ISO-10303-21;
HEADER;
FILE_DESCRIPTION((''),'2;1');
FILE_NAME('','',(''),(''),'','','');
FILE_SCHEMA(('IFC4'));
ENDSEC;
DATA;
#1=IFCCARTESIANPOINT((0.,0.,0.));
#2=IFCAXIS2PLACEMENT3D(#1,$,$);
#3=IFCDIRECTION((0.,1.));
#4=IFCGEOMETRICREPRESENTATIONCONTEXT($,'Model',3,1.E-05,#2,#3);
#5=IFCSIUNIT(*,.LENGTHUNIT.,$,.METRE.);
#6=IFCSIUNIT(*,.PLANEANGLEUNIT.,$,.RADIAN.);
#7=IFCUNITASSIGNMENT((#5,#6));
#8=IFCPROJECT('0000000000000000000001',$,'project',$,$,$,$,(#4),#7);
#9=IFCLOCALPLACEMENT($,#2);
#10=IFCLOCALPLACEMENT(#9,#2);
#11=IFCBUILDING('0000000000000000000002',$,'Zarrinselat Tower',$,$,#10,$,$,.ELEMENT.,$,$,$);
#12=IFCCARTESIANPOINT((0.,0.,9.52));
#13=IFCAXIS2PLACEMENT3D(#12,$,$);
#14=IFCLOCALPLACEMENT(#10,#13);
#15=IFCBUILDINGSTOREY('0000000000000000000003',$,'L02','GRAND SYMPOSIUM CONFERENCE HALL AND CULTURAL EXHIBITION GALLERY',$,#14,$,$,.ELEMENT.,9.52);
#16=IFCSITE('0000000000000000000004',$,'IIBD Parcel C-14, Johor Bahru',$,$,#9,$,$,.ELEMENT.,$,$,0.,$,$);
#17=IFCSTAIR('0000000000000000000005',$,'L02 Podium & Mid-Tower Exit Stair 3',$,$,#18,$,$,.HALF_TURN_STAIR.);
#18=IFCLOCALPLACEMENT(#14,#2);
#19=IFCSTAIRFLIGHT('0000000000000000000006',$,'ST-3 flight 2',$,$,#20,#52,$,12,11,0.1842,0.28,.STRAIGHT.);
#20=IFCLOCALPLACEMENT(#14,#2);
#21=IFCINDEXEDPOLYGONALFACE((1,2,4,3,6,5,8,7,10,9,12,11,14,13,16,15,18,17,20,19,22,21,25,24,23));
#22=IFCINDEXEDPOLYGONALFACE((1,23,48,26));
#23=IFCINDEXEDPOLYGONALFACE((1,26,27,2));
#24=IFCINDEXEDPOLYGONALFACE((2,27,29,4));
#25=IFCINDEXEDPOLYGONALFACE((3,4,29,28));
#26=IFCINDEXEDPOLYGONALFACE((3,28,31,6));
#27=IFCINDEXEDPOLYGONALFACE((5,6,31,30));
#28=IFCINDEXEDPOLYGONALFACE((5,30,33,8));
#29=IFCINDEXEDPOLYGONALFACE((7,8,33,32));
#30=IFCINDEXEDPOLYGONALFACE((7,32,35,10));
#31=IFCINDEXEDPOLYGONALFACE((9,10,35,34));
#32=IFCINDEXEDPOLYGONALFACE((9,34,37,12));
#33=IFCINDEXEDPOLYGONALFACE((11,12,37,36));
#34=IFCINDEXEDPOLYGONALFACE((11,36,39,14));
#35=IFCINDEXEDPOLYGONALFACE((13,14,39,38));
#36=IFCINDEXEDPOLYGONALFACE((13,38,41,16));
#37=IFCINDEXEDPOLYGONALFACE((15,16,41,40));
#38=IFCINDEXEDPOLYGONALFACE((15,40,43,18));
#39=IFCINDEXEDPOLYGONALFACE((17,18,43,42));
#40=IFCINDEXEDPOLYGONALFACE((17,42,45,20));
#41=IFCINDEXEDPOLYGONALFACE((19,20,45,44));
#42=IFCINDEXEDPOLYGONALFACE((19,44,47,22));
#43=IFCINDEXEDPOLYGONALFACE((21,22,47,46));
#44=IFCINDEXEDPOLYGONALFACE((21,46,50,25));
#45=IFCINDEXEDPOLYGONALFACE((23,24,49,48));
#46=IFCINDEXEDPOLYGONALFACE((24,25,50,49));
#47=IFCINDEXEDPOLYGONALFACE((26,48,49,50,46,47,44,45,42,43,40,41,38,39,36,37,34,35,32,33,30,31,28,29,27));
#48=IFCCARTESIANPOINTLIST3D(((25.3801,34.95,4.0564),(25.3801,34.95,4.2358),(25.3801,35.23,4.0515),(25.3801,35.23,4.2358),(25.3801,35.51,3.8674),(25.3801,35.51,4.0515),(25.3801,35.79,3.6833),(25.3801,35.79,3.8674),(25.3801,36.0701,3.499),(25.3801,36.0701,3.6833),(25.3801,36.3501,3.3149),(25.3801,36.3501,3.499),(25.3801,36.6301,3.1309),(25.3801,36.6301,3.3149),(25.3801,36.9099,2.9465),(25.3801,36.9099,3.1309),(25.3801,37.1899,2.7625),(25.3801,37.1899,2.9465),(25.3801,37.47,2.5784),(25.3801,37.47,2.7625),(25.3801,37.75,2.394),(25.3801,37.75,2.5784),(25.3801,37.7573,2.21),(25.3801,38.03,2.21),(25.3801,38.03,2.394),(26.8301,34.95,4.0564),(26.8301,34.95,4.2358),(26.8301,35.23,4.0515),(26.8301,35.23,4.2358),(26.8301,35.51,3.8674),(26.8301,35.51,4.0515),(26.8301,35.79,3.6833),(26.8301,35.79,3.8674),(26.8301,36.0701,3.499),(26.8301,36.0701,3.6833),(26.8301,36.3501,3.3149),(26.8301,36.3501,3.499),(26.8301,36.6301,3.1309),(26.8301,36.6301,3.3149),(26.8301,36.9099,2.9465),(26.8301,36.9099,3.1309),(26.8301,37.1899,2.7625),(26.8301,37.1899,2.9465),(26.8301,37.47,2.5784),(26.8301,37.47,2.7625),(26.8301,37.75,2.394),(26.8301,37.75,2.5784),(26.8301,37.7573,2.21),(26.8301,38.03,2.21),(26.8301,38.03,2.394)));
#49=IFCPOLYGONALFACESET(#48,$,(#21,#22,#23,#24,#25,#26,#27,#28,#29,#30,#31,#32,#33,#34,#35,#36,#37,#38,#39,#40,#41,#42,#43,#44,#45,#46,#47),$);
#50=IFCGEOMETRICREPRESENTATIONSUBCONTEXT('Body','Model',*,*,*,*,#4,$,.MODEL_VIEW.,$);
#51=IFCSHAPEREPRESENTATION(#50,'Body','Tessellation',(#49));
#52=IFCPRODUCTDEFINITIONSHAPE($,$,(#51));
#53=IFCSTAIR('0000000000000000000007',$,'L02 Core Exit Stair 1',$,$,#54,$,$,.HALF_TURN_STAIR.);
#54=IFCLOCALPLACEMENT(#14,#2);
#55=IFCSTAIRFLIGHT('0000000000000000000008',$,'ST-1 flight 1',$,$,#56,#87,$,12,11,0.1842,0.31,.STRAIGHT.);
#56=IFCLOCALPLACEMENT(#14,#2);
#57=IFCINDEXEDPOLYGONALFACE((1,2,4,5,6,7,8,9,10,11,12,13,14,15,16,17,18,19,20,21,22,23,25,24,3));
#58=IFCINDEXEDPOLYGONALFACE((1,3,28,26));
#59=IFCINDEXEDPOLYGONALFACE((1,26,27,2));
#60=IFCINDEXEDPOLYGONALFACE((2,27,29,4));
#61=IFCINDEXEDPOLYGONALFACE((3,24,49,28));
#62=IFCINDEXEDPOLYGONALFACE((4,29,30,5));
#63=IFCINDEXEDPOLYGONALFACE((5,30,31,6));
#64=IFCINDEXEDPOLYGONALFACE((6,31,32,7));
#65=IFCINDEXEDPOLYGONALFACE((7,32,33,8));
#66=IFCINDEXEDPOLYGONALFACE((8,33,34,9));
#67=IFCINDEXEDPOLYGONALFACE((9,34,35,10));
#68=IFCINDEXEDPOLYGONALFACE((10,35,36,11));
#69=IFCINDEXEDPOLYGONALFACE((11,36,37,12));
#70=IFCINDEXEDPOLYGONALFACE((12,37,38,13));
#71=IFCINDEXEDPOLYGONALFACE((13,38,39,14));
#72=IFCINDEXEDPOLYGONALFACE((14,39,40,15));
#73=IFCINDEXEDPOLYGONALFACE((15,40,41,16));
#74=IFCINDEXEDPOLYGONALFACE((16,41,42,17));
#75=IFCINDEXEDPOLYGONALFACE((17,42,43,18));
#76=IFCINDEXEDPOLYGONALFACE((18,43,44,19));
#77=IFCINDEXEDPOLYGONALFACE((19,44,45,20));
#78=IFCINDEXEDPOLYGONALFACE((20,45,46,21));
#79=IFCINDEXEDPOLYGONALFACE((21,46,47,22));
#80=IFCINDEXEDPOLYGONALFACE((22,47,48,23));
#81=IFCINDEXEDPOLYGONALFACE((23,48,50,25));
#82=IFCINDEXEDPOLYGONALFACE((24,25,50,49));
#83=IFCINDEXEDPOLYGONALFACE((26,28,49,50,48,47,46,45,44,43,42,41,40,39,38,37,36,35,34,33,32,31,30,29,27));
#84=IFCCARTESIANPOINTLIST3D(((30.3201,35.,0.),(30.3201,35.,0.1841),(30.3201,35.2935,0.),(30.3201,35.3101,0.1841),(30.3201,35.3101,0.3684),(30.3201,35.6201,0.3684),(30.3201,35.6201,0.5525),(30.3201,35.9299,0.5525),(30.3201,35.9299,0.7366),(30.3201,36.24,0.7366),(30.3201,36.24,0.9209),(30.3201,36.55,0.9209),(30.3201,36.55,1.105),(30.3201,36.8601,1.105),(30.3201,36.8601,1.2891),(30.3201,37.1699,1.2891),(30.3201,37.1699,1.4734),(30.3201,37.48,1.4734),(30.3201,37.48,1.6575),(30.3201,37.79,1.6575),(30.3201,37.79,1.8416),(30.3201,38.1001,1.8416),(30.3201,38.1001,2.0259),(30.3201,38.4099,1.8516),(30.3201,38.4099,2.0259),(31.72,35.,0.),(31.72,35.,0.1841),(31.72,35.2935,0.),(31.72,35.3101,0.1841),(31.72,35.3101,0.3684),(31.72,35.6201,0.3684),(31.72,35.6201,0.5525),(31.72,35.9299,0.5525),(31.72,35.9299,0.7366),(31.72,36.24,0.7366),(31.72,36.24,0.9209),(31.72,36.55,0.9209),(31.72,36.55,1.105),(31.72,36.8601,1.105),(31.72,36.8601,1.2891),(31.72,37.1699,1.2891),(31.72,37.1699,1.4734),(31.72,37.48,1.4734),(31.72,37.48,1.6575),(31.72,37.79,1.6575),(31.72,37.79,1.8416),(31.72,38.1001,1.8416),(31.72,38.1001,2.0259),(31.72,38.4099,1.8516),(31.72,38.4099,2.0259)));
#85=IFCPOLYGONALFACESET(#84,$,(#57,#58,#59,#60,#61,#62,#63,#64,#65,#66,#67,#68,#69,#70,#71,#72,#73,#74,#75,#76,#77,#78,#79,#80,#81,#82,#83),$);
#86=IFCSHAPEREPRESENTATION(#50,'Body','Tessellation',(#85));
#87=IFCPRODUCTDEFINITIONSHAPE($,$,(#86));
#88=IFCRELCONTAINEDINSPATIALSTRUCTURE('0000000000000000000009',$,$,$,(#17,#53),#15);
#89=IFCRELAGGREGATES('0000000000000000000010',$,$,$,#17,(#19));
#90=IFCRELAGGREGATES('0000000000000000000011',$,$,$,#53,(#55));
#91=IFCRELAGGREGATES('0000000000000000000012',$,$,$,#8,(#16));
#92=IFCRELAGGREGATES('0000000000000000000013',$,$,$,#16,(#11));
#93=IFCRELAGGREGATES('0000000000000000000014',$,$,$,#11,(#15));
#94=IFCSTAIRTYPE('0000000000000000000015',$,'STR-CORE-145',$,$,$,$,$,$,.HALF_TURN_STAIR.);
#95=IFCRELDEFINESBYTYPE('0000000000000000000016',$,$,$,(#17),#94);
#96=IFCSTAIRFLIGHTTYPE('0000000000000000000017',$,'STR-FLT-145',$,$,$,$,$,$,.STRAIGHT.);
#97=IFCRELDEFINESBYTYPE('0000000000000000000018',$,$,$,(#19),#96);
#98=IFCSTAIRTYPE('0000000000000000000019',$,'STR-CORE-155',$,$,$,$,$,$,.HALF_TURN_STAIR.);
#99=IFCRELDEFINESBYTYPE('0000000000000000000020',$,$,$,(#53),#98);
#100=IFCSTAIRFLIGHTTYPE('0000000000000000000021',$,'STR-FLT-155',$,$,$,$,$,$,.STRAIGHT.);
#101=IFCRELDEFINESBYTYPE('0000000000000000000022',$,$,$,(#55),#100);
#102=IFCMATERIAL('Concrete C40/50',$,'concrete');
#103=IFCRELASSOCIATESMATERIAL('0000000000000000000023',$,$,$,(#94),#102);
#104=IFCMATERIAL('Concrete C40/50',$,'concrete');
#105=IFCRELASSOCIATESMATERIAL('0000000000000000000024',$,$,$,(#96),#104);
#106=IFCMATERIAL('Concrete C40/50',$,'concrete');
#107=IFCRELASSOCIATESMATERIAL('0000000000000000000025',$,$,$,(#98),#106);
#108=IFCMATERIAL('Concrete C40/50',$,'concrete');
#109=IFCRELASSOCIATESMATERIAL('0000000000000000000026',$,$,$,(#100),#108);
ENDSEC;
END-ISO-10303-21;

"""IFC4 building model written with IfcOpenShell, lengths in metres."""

from ifc_helpers import new_model, si_unit, direction, frame, origin, place, context, subcontext, project, spatial, polyline, outline, extrude, material, type_object, element, aggregate, save


model = new_model("IFC4")

# Units and contexts
model_context = context("Model", 3, precision=1e-05, world=origin(), true_north=direction((0.0, 1.0)))
body_context = subcontext(model_context, "Body", "Model", "MODEL_VIEW")
ifc_project = project(units=[si_unit("LENGTHUNIT", "METRE"), si_unit("PLANEANGLEUNIT", "RADIAN")], contexts=[model_context])

# Site, building, storey
site_placement = place(None, origin())
site = spatial("IfcSite", under=ifc_project, at=site_placement, Name="IIBD Parcel C-14, Johor Bahru", CompositionType="ELEMENT", RefElevation=0.0)
building_placement = place(site_placement, origin())
building = spatial("IfcBuilding", under=site, at=building_placement, Name="Zarrinselat Tower", CompositionType="ELEMENT")
storey_placement = place(building_placement, frame((0.0, 0.0, 9.52)))
storey = spatial("IfcBuildingStorey", under=building, at=storey_placement, Name="L02", Description="GRAND SYMPOSIUM CONFERENCE HALL AND CULTURAL EXHIBITION GALLERY", CompositionType="ELEMENT", Elevation=9.52)

# Stair, stair flight
ifc_material_1 = material(Name="Concrete C40/50", Category="concrete")
stair_type_1 = type_object("IfcStairType", Name="STR-CORE-145", PredefinedType="HALF_TURN_STAIR", material=ifc_material_1)
stair_1_placement = place(storey_placement, origin())
stair_1 = element("IfcStair", 1, at=stair_1_placement, inside=storey, type_object=stair_type_1, Name="L02 Podium & Mid-Tower Exit Stair 3", PredefinedType="HALF_TURN_STAIR")
ifc_material_2 = material(Name="Concrete C40/50", Category="concrete")
stair_flight_type_1 = type_object("IfcStairFlightType", Name="STR-FLT-145", PredefinedType="STRAIGHT", material=ifc_material_2)
stair_flight_1_placement = place(storey_placement, frame((26.105, 38.03, 2.21), z_axis=(0.0, 0.0, 1.0), x_axis=(0.0, -1.0, 0.0)))
stair_flight_1 = element("IfcStairFlight", 2, at=stair_flight_1_placement, type_object=stair_flight_type_1, Name="ST-3 flight 2", NumberOfRisers=12, NumberOfTreads=11, PredefinedType="STRAIGHT", RiserHeight=0.1842, TreadLength=0.28, context=body_context, shape_type="SweptSolid", body=[
    extrude(outline(polyline([(0.0, 0.0), (0.0, 0.1841), (0.28, 0.1841), (0.28, 0.3684), (0.5601, 0.3684), (0.5601, 0.5525), (0.8401, 0.5525), (0.8401, 0.7366), (1.1201, 0.7366), (1.1201, 0.9209), (1.3999, 0.9209), (1.3999, 1.105), (1.6799, 1.105), (1.6799, 1.2891), (1.96, 1.2891), (1.96, 1.4734), (2.24, 1.4734), (2.24, 1.6575), (2.52, 1.6575), (2.52, 1.8416), (2.8, 1.8416), (2.8, 2.0259), (3.0801, 2.0259), (3.0801, 2.21), (3.0801, 1.8464), (0.2727, 0.0), (0.0, 0.0)])), frame((0.0, 0.7251, 0.0), z_axis=(0.0, -1.0, 0.0), x_axis=(1.0, 0.0, 0.0)), (0.0, 0.0, 1.0), 1.45),
])
aggregate(stair_1, [stair_flight_1])

# Stair, stair flight
ifc_material_3 = material(Name="Concrete C40/50", Category="concrete")
stair_type_2 = type_object("IfcStairType", Name="STR-CORE-155", PredefinedType="HALF_TURN_STAIR", material=ifc_material_3)
stair_2_placement = place(storey_placement, origin())
stair_2 = element("IfcStair", 3, at=stair_2_placement, inside=storey, type_object=stair_type_2, Name="L02 Core Exit Stair 1", PredefinedType="HALF_TURN_STAIR")
ifc_material_4 = material(Name="Concrete C40/50", Category="concrete")
stair_flight_type_2 = type_object("IfcStairFlightType", Name="STR-FLT-155", PredefinedType="STRAIGHT", material=ifc_material_4)
stair_flight_2_placement = place(storey_placement, frame((31.02, 35.0, 0.0), z_axis=(0.0, 0.0, 1.0), x_axis=(0.0, 1.0, 0.0)))
stair_flight_2 = element("IfcStairFlight", 4, at=stair_flight_2_placement, type_object=stair_flight_type_2, Name="ST-1 flight 1", NumberOfRisers=12, NumberOfTreads=11, PredefinedType="STRAIGHT", RiserHeight=0.1842, TreadLength=0.31, context=body_context, shape_type="SweptSolid", body=[
    extrude(outline(polyline([(0.0, 0.0), (0.0, 0.1841), (0.3101, 0.1841), (0.3101, 0.3684), (0.6201, 0.3684), (0.6201, 0.5525), (0.9299, 0.5525), (0.9299, 0.7366), (1.24, 0.7366), (1.24, 0.9209), (1.55, 0.9209), (1.55, 1.105), (1.8601, 1.105), (1.8601, 1.2891), (2.1699, 1.2891), (2.1699, 1.4734), (2.48, 1.4734), (2.48, 1.6575), (2.79, 1.6575), (2.79, 1.8416), (3.1001, 1.8416), (3.1001, 2.0259), (3.4099, 2.0259), (3.4099, 2.21), (3.4099, 1.8516), (0.2935, 0.0), (0.0, 0.0)])), frame((0.0, 0.7, 0.0), z_axis=(0.0, -1.0, 0.0), x_axis=(1.0, 0.0, 0.0)), (0.0, 0.0, 1.0), 1.3999),
])
aggregate(stair_2, [stair_flight_2])

save(model, "model.ifc")
